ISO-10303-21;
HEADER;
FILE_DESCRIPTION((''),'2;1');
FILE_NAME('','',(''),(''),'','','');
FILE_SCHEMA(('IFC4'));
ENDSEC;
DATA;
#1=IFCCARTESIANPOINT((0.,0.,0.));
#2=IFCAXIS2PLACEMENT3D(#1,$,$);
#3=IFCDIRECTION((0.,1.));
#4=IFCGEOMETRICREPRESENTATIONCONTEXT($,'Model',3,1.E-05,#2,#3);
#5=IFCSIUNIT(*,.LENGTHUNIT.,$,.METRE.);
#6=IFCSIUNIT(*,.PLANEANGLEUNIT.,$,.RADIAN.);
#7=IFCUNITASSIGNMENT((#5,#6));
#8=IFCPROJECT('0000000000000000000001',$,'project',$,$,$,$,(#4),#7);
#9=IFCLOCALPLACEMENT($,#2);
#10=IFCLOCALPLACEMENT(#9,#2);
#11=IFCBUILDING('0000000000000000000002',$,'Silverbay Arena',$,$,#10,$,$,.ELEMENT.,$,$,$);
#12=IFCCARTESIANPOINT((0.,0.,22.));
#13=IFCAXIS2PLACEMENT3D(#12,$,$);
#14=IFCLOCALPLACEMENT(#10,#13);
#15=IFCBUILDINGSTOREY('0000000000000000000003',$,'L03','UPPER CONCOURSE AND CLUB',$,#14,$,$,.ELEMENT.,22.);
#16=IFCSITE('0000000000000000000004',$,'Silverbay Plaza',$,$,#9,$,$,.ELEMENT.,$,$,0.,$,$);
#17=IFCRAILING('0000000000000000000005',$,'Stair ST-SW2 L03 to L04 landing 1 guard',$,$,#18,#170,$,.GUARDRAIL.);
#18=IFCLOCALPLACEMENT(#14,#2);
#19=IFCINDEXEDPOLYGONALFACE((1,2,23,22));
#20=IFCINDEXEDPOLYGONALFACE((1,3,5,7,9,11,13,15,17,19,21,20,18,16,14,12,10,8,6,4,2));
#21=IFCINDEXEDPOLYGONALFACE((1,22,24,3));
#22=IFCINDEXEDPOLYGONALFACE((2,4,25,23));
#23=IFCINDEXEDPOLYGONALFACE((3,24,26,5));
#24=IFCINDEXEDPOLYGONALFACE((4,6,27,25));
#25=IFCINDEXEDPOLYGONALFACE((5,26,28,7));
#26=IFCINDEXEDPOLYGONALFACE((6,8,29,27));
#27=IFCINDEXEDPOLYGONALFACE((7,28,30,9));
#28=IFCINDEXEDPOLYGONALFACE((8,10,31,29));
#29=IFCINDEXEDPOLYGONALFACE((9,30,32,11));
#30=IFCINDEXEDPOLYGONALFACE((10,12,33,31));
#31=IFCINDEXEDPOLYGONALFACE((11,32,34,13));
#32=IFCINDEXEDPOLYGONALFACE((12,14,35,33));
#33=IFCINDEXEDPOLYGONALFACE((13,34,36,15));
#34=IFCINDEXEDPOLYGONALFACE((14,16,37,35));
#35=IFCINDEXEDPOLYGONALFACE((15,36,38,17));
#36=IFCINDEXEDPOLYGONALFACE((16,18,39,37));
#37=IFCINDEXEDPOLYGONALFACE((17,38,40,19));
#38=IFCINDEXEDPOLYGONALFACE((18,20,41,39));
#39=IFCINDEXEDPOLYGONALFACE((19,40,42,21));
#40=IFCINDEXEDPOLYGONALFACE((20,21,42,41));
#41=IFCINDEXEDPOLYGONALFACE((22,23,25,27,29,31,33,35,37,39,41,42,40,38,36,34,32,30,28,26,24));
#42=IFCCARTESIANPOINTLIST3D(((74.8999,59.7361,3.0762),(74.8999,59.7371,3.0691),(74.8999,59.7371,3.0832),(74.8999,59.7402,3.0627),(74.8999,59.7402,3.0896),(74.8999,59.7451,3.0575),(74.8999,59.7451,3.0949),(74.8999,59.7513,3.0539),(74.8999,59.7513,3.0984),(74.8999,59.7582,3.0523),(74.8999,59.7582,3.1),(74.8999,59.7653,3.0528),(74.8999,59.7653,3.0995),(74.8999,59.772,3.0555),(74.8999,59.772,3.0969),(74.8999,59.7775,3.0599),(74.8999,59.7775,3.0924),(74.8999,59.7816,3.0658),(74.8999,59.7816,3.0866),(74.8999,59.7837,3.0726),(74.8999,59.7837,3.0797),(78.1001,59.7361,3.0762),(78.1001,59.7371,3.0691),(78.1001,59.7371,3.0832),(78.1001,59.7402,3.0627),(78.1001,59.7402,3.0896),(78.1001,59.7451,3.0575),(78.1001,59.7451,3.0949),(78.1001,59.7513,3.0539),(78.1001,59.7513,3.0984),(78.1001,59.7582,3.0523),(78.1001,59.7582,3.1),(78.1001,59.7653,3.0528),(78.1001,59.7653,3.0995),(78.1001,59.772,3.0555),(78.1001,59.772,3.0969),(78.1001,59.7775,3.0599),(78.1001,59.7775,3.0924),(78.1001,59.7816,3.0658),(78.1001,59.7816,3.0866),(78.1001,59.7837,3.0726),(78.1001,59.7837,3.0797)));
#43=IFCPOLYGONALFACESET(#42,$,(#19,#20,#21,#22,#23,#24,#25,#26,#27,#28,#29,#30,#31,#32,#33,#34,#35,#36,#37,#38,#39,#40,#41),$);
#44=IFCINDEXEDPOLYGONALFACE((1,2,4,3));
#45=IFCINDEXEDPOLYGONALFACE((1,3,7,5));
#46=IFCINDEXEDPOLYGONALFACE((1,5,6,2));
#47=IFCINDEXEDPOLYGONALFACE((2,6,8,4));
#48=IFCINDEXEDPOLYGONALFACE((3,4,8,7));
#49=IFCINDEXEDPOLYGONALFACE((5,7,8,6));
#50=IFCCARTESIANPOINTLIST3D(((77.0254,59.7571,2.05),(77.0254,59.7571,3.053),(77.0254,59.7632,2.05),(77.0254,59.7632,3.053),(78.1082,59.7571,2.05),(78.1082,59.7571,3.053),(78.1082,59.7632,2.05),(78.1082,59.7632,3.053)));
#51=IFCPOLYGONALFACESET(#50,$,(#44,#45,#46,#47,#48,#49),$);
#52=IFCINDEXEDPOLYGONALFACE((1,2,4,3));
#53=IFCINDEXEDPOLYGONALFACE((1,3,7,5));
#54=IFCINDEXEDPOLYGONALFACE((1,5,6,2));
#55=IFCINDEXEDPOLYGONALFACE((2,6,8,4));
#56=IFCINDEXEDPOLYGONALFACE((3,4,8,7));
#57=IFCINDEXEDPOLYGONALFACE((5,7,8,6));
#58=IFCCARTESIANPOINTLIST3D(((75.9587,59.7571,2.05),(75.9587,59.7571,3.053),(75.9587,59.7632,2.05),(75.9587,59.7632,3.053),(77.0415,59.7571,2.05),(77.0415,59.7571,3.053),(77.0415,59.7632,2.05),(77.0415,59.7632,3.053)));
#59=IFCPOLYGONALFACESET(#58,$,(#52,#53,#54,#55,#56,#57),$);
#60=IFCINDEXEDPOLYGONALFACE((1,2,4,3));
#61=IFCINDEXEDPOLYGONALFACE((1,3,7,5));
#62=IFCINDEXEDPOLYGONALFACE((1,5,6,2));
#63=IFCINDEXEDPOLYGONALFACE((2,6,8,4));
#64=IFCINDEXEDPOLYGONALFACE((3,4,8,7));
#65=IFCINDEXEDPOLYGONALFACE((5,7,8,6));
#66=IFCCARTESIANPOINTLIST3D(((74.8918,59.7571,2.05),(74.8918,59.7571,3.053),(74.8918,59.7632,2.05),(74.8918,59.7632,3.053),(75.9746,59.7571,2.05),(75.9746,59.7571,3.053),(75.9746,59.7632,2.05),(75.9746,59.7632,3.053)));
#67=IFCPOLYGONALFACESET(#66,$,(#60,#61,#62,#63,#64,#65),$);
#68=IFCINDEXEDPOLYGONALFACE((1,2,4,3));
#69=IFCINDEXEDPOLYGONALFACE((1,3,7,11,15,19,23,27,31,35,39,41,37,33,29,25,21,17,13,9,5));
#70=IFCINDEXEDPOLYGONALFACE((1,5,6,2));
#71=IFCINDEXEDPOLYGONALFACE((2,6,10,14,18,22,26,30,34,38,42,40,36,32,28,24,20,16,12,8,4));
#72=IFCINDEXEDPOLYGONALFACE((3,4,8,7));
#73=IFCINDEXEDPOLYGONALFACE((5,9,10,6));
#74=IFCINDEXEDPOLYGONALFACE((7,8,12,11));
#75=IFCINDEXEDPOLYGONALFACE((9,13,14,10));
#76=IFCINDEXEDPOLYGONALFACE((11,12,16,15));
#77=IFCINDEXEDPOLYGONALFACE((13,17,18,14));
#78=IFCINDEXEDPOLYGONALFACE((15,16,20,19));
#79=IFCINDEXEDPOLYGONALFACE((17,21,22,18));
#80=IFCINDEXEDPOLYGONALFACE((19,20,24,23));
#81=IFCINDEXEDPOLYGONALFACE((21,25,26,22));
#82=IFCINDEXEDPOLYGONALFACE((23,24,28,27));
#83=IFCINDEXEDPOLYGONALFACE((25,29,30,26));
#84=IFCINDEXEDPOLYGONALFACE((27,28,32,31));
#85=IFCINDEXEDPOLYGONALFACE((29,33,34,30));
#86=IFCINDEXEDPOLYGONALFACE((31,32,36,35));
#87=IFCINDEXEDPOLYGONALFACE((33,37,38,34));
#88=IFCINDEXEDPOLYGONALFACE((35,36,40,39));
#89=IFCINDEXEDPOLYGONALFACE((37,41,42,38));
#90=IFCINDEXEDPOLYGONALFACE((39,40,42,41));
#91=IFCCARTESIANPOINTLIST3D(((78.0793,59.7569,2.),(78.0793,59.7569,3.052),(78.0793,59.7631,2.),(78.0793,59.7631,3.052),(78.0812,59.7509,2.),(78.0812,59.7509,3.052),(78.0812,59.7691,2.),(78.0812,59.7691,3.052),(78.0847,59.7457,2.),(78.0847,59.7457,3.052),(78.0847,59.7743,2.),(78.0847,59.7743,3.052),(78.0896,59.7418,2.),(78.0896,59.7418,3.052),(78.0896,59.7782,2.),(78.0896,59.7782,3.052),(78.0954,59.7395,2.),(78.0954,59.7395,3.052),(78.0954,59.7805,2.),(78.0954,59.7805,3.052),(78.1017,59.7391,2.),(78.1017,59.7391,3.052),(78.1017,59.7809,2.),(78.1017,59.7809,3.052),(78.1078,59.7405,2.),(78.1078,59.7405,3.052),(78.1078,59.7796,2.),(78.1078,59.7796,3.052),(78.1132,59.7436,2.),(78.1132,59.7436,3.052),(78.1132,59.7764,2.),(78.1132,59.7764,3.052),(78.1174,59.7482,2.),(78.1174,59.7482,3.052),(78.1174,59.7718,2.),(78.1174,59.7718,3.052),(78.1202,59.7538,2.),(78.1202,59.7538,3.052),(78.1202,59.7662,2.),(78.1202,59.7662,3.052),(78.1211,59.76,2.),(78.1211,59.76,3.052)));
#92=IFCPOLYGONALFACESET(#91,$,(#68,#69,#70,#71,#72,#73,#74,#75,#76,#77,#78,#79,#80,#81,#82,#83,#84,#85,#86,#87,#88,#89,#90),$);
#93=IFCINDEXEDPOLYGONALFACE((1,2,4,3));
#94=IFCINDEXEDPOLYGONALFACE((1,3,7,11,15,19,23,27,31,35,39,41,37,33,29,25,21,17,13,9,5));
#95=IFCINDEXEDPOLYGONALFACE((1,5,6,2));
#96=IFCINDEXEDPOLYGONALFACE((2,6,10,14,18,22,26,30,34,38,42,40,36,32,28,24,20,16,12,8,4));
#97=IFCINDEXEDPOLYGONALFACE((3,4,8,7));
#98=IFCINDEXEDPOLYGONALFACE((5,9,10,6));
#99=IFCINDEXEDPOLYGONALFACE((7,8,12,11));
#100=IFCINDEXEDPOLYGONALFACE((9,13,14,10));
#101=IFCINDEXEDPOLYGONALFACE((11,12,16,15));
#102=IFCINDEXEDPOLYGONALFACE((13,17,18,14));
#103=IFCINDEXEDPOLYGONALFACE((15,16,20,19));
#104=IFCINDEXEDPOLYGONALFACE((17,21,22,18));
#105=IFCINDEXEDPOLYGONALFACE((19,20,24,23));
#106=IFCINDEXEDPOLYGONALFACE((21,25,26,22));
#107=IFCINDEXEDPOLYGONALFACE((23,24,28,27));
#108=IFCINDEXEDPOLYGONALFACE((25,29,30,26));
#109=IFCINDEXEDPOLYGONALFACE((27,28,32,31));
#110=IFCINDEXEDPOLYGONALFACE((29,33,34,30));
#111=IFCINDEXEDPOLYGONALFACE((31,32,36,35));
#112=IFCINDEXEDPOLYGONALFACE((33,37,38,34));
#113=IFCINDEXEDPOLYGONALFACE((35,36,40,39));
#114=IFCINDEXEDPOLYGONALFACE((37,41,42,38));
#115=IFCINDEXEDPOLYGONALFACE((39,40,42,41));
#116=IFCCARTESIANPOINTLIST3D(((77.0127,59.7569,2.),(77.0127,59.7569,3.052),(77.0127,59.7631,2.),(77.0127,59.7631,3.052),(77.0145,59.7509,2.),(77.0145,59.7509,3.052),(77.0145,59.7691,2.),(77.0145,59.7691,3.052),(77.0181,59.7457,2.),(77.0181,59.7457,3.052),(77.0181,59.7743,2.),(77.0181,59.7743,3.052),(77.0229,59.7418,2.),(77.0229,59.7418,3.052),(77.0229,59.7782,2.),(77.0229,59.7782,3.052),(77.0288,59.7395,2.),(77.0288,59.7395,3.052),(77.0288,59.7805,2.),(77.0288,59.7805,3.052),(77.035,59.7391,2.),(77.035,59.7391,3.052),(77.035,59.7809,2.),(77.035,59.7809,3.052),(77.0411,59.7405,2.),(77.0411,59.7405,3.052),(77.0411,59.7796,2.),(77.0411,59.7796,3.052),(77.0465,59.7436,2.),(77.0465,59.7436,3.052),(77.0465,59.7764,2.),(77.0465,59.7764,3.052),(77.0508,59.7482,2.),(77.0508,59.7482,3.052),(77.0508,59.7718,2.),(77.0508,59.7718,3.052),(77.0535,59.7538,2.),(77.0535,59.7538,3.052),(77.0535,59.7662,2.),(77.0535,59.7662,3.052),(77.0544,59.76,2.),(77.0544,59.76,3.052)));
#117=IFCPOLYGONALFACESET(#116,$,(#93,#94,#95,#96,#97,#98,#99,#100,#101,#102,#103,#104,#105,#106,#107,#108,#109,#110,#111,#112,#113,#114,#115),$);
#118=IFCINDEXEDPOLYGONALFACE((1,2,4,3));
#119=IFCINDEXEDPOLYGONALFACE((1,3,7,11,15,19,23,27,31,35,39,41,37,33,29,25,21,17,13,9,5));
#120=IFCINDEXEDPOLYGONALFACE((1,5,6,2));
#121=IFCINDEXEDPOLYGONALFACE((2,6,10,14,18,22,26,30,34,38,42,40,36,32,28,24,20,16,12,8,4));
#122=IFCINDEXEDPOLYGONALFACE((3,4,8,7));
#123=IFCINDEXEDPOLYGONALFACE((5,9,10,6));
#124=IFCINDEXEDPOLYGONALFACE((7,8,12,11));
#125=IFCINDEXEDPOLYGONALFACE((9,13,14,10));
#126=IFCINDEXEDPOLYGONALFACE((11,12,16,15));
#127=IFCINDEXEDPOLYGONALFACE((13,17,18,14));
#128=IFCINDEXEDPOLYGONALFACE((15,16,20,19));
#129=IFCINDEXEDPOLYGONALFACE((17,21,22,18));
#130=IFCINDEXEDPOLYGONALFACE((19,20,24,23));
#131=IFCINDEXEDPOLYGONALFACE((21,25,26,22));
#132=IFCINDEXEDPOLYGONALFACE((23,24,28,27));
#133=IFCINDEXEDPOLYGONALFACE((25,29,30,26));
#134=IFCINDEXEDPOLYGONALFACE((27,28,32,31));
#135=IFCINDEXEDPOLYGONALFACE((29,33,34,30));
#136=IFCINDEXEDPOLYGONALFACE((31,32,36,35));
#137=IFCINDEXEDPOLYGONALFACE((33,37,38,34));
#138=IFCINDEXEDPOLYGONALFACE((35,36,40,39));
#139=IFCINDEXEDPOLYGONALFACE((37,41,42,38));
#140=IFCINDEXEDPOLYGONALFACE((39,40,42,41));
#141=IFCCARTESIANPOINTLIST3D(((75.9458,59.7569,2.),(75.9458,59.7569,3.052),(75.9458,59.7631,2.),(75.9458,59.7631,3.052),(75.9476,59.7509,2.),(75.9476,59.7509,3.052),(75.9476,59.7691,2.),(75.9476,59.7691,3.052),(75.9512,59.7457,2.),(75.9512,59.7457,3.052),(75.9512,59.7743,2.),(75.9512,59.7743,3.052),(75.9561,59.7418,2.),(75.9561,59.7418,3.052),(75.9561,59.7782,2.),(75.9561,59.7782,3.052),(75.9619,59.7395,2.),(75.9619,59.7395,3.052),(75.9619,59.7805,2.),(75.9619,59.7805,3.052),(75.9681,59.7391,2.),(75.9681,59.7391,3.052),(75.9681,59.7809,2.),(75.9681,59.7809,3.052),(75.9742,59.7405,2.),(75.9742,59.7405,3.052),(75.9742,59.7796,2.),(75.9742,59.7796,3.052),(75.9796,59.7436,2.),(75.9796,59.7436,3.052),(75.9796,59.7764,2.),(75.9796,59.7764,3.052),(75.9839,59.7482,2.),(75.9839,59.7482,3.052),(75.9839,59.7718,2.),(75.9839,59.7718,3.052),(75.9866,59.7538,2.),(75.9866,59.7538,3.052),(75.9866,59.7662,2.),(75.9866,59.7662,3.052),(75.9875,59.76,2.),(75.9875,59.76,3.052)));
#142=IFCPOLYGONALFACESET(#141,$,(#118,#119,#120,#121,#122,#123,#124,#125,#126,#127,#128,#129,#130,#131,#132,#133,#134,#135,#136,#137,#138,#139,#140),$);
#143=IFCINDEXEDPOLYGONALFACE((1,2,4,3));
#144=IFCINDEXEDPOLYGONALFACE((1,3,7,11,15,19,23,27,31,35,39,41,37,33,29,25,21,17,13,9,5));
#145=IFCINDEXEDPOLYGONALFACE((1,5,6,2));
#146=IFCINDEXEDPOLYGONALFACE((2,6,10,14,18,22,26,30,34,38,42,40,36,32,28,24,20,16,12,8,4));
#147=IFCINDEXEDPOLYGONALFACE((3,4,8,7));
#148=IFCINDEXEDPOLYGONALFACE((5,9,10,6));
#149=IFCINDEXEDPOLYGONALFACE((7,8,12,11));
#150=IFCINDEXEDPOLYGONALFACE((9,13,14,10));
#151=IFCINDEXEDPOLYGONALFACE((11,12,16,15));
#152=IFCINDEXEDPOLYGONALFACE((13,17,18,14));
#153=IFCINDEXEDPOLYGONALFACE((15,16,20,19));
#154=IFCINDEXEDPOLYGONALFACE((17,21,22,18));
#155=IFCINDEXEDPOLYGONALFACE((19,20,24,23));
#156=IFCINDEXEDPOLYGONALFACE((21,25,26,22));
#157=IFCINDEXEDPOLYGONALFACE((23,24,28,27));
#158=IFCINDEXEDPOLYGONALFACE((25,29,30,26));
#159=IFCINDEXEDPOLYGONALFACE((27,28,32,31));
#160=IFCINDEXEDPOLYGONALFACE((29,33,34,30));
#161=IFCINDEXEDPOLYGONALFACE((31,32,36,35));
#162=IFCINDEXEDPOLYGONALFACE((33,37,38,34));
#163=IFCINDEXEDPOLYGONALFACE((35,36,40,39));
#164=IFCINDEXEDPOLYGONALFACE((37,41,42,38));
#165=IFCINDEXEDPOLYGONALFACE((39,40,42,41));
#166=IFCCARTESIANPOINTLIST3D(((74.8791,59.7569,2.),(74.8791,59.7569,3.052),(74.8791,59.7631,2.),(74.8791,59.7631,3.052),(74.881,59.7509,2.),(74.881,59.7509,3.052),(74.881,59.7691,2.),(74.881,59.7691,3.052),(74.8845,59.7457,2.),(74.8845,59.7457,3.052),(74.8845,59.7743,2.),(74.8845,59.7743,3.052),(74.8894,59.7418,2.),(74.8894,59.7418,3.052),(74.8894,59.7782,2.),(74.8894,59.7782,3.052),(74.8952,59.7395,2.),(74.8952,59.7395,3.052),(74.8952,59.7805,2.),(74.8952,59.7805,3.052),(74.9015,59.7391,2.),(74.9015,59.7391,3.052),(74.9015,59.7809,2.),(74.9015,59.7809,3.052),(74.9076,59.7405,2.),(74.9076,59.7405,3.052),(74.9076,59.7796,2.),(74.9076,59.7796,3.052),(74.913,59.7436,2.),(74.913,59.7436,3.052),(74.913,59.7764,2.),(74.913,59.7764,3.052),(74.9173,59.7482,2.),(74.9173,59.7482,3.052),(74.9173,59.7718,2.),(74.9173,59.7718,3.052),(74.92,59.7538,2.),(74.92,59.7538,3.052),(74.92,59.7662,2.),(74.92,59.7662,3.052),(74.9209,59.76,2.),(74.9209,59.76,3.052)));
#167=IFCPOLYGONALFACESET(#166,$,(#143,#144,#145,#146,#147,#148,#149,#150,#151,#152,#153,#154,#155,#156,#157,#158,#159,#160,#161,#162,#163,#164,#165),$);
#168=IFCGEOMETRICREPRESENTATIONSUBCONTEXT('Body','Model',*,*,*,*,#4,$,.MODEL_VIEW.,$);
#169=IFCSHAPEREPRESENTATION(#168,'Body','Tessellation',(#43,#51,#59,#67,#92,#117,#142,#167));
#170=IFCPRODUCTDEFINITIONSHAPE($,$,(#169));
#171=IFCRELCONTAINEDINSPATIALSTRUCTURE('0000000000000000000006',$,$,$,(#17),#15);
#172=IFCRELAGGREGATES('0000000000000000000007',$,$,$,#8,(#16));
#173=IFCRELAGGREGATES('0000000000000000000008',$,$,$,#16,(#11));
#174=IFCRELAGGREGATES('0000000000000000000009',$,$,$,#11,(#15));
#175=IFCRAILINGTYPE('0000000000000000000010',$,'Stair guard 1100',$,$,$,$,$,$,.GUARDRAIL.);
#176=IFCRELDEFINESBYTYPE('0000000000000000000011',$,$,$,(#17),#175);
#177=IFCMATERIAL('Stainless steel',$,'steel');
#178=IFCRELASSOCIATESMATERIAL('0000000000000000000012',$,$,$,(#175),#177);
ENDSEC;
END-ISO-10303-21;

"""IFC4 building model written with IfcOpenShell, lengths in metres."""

from ifc_helpers import new_model, si_unit, direction, frame, origin, origin_2d, place, context, subcontext, project, spatial, polyline, circle, outline, extrude, material, type_object, element, save


model = new_model("IFC4")

# Units and contexts
model_context = context("Model", 3, precision=1e-05, world=origin(), true_north=direction((0.0, 1.0)))
body_context = subcontext(model_context, "Body", "Model", "MODEL_VIEW")
ifc_project = project(units=[si_unit("LENGTHUNIT", "METRE"), si_unit("PLANEANGLEUNIT", "RADIAN")], contexts=[model_context])

# Site, building, storey
site_placement = place(None, origin())
site = spatial("IfcSite", under=ifc_project, at=site_placement, Name="Silverbay Plaza", CompositionType="ELEMENT", RefElevation=0.0)
building_placement = place(site_placement, origin())
building = spatial("IfcBuilding", under=site, at=building_placement, Name="Silverbay Arena", CompositionType="ELEMENT")
storey_placement = place(building_placement, frame((0.0, 0.0, 22.0)))
storey = spatial("IfcBuildingStorey", under=building, at=storey_placement, Name="L03", Description="UPPER CONCOURSE AND CLUB", CompositionType="ELEMENT", Elevation=22.0)

# Railing
ifc_material_1 = material(Name="Stainless steel", Category="steel")
railing_type_1 = type_object("IfcRailingType", Name="Stair guard 1100", PredefinedType="GUARDRAIL", material=ifc_material_1)
for number, where, name in (
    (1, (78.1001, 59.76, 2.0), "Stair ST-SW2 L03 to L04 landing 1 guard"),
):
    element("IfcRailing", number, at=place(storey_placement, frame(where)), inside=storey, type_object=railing_type_1, Name=name, PredefinedType="GUARDRAIL", context=body_context, shape_type="SweptSolid", body=[
        extrude(circle(Radius=0.0239, at=origin_2d()), frame((0.0, 0.0, 1.0762), z_axis=(-1.0, 0.0, 0.0), x_axis=(0.0, -1.0, 0.0)), (0.0, 0.0, 1.0), 3.2002),
        extrude(outline(polyline([(-0.0081, 0.05), (1.0747, 0.05), (1.0747, 1.053), (-0.0081, 1.053), (-0.0081, 0.05)])), frame((0.0, -0.0029, 0.0), z_axis=(0.0, 1.0, 0.0), x_axis=(-1.0, 0.0, 0.0)), (0.0, 0.0, 1.0), 0.0061),
        extrude(outline(polyline([(-0.0081, 0.05), (1.0747, 0.05), (1.0747, 1.053), (-0.0081, 1.053), (-0.0081, 0.05)])), frame((-1.0667, -0.0029, 0.0), z_axis=(0.0, 1.0, 0.0), x_axis=(-1.0, 0.0, 0.0)), (0.0, 0.0, 1.0), 0.0061),
        extrude(outline(polyline([(-0.0081, 0.05), (1.0747, 0.05), (1.0747, 1.053), (-0.0081, 1.053), (-0.0081, 0.05)])), frame((-2.1335, -0.0029, 0.0), z_axis=(0.0, 1.0, 0.0), x_axis=(-1.0, 0.0, 0.0)), (0.0, 0.0, 1.0), 0.0061),
        extrude(circle(Radius=0.021, at=origin_2d()), origin(), (0.0, 0.0, 1.0), 1.052),
        extrude(circle(Radius=0.021, at=origin_2d()), frame((-1.0667, 0.0, 0.0)), (0.0, 0.0, 1.0), 1.052),
        extrude(circle(Radius=0.021, at=origin_2d()), frame((-2.1335, 0.0, 0.0)), (0.0, 0.0, 1.0), 1.052),
        extrude(circle(Radius=0.021, at=origin_2d()), frame((-3.2002, 0.0, 0.0)), (0.0, 0.0, 1.0), 1.052),
    ])

save(model, "model.ifc")
